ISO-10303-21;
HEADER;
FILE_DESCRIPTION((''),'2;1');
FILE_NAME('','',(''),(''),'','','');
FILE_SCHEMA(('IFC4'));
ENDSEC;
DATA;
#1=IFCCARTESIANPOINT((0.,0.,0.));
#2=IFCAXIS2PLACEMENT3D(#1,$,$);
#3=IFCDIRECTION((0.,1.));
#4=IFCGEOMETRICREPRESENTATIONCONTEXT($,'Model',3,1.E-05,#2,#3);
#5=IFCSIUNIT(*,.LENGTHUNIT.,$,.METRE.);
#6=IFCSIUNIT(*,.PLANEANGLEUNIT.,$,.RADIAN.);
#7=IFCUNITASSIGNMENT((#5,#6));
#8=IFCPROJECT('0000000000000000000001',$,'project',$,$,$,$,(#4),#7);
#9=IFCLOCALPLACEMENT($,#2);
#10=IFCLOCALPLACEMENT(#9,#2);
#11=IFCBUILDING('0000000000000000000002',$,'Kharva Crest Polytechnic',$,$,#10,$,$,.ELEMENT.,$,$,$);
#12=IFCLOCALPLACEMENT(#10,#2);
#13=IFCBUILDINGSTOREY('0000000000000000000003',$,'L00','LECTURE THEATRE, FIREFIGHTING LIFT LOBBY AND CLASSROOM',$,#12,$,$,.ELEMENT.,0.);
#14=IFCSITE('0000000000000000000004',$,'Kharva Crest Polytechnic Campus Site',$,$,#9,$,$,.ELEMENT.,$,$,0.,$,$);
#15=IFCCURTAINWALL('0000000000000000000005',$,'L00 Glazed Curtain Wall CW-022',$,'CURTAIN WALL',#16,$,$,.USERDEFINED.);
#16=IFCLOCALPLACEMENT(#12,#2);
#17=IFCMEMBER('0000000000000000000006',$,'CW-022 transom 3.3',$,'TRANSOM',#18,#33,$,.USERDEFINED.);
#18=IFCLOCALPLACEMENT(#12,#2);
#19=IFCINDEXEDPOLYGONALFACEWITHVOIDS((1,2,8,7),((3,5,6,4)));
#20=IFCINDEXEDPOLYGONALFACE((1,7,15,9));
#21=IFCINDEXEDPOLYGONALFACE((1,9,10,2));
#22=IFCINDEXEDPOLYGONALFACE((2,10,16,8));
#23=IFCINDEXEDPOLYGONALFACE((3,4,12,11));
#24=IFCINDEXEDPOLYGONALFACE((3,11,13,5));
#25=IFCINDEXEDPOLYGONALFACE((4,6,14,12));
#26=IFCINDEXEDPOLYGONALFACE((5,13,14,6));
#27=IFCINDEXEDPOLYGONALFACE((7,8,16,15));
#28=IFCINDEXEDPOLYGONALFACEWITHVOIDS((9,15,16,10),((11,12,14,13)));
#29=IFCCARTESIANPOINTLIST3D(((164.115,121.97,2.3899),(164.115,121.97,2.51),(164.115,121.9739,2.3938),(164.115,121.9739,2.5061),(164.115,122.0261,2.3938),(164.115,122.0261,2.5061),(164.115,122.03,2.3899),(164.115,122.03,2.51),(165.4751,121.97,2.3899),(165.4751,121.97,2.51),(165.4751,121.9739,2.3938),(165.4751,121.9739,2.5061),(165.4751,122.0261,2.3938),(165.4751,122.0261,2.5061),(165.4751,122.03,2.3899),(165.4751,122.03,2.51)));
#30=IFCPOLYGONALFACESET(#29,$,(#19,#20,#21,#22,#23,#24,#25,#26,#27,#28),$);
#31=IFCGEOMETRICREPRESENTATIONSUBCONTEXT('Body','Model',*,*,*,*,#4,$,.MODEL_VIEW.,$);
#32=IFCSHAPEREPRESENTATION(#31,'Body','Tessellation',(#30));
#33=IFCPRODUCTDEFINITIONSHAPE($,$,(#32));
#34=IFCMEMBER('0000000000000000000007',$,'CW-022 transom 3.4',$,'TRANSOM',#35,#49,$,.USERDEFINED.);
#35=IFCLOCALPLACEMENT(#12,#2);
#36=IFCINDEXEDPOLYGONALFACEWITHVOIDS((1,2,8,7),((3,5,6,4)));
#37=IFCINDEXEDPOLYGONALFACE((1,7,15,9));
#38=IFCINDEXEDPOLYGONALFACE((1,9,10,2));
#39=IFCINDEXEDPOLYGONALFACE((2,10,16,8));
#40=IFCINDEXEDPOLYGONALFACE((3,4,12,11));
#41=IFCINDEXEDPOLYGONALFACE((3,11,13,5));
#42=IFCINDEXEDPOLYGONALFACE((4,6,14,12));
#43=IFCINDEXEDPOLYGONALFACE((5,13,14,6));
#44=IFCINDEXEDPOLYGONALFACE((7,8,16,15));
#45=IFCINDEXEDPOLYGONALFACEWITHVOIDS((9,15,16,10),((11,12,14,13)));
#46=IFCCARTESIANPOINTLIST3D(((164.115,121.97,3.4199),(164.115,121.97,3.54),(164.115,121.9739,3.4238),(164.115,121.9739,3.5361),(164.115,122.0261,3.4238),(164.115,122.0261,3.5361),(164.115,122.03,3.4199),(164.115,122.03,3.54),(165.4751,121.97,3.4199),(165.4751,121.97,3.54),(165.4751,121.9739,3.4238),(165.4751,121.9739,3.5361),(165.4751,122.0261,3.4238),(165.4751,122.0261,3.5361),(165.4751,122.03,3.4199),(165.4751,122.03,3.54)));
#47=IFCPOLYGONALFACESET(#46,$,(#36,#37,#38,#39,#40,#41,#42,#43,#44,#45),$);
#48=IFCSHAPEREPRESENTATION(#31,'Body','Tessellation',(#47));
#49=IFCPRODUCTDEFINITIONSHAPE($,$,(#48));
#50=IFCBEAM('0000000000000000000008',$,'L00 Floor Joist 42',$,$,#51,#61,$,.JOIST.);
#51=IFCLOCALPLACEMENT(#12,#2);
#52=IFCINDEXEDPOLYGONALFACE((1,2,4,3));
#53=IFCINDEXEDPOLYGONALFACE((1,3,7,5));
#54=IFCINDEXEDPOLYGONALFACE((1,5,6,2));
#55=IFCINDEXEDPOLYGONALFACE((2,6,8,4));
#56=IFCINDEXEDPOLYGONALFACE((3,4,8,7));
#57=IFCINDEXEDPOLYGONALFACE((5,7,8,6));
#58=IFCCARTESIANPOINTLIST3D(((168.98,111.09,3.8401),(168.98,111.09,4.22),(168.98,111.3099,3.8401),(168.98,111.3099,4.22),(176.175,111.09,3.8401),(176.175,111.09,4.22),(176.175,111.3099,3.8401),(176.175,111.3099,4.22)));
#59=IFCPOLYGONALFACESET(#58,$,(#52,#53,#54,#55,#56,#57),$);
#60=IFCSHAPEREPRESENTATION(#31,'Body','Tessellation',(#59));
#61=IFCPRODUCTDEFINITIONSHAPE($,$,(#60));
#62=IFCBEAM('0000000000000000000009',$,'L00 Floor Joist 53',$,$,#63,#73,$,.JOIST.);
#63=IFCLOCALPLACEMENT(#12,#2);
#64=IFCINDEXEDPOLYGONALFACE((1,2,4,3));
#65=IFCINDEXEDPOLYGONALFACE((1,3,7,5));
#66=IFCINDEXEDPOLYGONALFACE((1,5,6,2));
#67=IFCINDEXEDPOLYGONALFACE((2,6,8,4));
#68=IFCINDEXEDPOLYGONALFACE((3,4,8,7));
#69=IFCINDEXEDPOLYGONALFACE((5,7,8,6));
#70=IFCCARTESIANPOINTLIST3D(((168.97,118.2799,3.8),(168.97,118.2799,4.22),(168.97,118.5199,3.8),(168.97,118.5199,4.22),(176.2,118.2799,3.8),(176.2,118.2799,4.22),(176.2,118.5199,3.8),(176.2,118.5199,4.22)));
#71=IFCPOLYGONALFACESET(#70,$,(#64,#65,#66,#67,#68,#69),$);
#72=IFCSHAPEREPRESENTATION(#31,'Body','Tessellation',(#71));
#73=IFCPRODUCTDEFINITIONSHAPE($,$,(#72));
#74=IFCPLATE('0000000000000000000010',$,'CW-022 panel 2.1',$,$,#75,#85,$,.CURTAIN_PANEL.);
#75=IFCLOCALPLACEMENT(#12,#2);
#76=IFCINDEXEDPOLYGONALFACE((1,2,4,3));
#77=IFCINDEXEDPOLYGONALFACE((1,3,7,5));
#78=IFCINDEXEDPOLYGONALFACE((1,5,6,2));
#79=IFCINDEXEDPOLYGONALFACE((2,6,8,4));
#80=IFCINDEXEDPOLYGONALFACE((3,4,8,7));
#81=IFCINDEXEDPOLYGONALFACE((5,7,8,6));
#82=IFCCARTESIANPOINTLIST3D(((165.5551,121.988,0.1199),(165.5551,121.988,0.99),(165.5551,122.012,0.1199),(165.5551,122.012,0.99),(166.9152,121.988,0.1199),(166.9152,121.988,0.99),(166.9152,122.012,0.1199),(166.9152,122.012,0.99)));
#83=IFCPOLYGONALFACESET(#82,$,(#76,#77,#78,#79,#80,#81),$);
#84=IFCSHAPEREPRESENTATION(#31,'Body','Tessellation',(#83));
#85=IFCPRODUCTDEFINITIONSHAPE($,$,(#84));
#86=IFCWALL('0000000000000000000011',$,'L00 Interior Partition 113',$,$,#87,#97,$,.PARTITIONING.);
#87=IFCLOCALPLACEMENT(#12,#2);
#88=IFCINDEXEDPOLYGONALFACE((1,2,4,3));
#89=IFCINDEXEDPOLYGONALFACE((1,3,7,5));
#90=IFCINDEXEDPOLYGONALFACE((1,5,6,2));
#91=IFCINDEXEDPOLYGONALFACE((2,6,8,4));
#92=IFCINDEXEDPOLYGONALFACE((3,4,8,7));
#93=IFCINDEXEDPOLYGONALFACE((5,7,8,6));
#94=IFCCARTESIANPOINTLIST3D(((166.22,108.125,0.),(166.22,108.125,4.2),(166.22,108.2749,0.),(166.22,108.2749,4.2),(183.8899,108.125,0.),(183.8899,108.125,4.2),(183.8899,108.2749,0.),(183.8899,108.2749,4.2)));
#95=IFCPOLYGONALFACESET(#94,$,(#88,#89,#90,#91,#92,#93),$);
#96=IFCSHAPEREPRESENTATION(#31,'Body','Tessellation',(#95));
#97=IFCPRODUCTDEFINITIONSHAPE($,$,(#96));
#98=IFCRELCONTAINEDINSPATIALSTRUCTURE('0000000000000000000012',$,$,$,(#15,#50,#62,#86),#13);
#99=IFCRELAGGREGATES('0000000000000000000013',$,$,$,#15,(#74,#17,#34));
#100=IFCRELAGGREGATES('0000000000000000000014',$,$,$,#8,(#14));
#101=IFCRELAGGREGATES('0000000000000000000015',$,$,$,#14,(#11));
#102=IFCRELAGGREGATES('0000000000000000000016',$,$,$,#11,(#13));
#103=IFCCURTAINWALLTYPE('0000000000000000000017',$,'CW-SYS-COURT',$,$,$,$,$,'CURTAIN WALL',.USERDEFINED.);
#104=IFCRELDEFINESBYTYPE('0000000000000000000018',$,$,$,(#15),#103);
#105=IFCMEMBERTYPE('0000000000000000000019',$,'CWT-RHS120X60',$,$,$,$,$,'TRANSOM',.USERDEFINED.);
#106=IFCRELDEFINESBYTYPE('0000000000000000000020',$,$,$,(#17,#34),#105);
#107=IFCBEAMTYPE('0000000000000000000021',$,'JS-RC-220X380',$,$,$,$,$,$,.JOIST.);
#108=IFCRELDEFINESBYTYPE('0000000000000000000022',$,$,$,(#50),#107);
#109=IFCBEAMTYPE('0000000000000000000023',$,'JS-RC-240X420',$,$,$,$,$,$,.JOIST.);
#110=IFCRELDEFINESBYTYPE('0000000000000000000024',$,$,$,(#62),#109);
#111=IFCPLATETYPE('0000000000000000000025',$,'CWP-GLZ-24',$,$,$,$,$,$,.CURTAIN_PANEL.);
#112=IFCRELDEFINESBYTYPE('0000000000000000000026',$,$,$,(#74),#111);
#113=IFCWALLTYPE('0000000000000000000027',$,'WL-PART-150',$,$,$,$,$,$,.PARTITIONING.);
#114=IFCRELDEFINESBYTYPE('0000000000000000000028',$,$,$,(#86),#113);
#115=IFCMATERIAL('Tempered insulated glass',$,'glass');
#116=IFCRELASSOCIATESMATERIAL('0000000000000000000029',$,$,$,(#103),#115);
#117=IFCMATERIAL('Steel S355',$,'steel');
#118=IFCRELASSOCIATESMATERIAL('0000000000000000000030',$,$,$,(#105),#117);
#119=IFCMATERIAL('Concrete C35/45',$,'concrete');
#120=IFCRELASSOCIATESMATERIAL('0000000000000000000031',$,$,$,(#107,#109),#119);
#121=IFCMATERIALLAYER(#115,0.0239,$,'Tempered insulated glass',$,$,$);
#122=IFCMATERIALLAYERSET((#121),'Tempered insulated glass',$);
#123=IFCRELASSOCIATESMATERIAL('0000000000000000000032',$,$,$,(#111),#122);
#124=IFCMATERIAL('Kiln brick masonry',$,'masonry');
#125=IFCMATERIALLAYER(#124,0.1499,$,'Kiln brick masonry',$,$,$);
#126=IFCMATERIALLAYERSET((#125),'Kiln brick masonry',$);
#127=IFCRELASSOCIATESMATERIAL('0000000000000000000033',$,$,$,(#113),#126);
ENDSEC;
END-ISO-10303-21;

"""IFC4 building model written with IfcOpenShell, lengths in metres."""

from ifc_helpers import new_model, si_unit, direction, frame, frame_2d, origin, origin_2d, place, context, subcontext, project, spatial, rectangle, hollow_rectangle, extrude, material, layer, layer_set, material_profile, profile_set, type_object, element, aggregate, save


model = new_model("IFC4")

# Units and contexts
model_context = context("Model", 3, precision=1e-05, world=origin(), true_north=direction((0.0, 1.0)))
body_context = subcontext(model_context, "Body", "Model", "MODEL_VIEW")
ifc_project = project(units=[si_unit("LENGTHUNIT", "METRE"), si_unit("PLANEANGLEUNIT", "RADIAN")], contexts=[model_context])

# Site, building, storey
site_placement = place(None, origin())
site = spatial("IfcSite", under=ifc_project, at=site_placement, Name="Kharva Crest Polytechnic Campus Site", CompositionType="ELEMENT", RefElevation=0.0)
building_placement = place(site_placement, origin())
building = spatial("IfcBuilding", under=site, at=building_placement, Name="Kharva Crest Polytechnic", CompositionType="ELEMENT")
storey_placement = place(building_placement, origin())
storey = spatial("IfcBuildingStorey", under=building, at=storey_placement, Name="L00", Description="LECTURE THEATRE, FIREFIGHTING LIFT LOBBY AND CLASSROOM", CompositionType="ELEMENT", Elevation=0.0)

# Shared definitions
ifc_material_1 = material(Name="Concrete C35/45", Category="concrete")

# Curtain wall, members
ifc_material_2 = material(Name="Tempered insulated glass", Category="glass")
curtain_wall_type = type_object("IfcCurtainWallType", Name="CW-SYS-COURT", ElementType="CURTAIN WALL", PredefinedType="USERDEFINED", material=ifc_material_2)
curtain_wall_placement = place(storey_placement, origin())
curtain_wall = element("IfcCurtainWall", 1, at=curtain_wall_placement, inside=storey, type_object=curtain_wall_type, Name="L00 Glazed Curtain Wall CW-022", ObjectType="CURTAIN WALL", PredefinedType="USERDEFINED")
ifc_material_3 = material(Name="Steel S355", Category="steel")
ifc_material_profile_1 = material_profile(ifc_material_3, hollow_rectangle(XDim=0.0601, YDim=0.1201, WallThickness=0.0039, at=origin_2d()), Name="RHS 120X60X4.0")
ifc_profile_set_1 = profile_set([ifc_material_profile_1], Name="Steel S355")
member_type_1 = type_object("IfcMemberType", Name="CWT-RHS120X60", ElementType="TRANSOM", PredefinedType="USERDEFINED", material=ifc_profile_set_1)
member_1_placement = place(storey_placement, frame((165.4751, 122.0, 2.45), z_axis=(-1.0, 0.0, 0.0), x_axis=(0.0, -1.0, 0.0)))
member_1 = element("IfcMember", 2, at=member_1_placement, type_object=member_type_1, Name="CW-022 transom 3.3", ObjectType="TRANSOM", PredefinedType="USERDEFINED", context=body_context, shape_type="SweptSolid", body=[
    extrude(hollow_rectangle(XDim=0.0601, YDim=0.1201, WallThickness=0.0039, at=origin_2d()), origin(), (0.0, 0.0, 1.0), 1.3601),
])
member_2_placement = place(storey_placement, frame((165.4751, 122.0, 3.48), z_axis=(-1.0, 0.0, 0.0), x_axis=(0.0, -1.0, 0.0)))
member_2 = element("IfcMember", 3, at=member_2_placement, type_object=member_type_1, Name="CW-022 transom 3.4", ObjectType="TRANSOM", PredefinedType="USERDEFINED", context=body_context, shape_type="SweptSolid", body=[
    extrude(hollow_rectangle(XDim=0.0601, YDim=0.1201, WallThickness=0.0039, at=origin_2d()), origin(), (0.0, 0.0, 1.0), 1.3601),
])

# Beams
ifc_material_profile_2 = material_profile(ifc_material_1, rectangle(XDim=0.22, YDim=0.3799, at=origin_2d()), Name="RECT 220 X 380")
ifc_profile_set_2 = profile_set([ifc_material_profile_2], Name="Concrete C35/45")
beam_type_1 = type_object("IfcBeamType", Name="JS-RC-220X380", PredefinedType="JOIST", material=ifc_profile_set_2)
beam_1_placement = place(storey_placement, frame((168.98, 111.2, 4.03), z_axis=(1.0, 0.0, 0.0), x_axis=(0.0, 1.0, 0.0)))
element("IfcBeam", 4, at=beam_1_placement, inside=storey, type_object=beam_type_1, Name="L00 Floor Joist 42", PredefinedType="JOIST", context=body_context, shape_type="SweptSolid", body=[
    extrude(rectangle(XDim=0.22, YDim=0.3799, at=origin_2d()), origin(), (0.0, 0.0, 1.0), 7.1951),
])
ifc_material_profile_3 = material_profile(ifc_material_1, rectangle(XDim=0.24, YDim=0.4199, at=origin_2d()), Name="RECT 240 X 420")
ifc_profile_set_3 = profile_set([ifc_material_profile_3], Name="Concrete C35/45")
beam_type_2 = type_object("IfcBeamType", Name="JS-RC-240X420", PredefinedType="JOIST", material=ifc_profile_set_3)
beam_2_placement = place(storey_placement, frame((168.97, 118.3999, 4.01), z_axis=(1.0, 0.0, 0.0), x_axis=(0.0, 1.0, 0.0)))
element("IfcBeam", 5, at=beam_2_placement, inside=storey, type_object=beam_type_2, Name="L00 Floor Joist 53", PredefinedType="JOIST", context=body_context, shape_type="SweptSolid", body=[
    extrude(rectangle(XDim=0.24, YDim=0.4199, at=origin_2d()), origin(), (0.0, 0.0, 1.0), 7.23),
])

# Plate
ifc_layer_1 = layer(ifc_material_2, 0.0239, Name="Tempered insulated glass")
ifc_layer_set_1 = layer_set([ifc_layer_1], Name="Tempered insulated glass")
plate_type = type_object("IfcPlateType", Name="CWP-GLZ-24", PredefinedType="CURTAIN_PANEL", material=ifc_layer_set_1)
plate_placement = place(storey_placement, frame((166.2351, 122.0, 0.1199), z_axis=(0.0, 0.0, 1.0), x_axis=(-1.0, 0.0, 0.0)))
plate = element("IfcPlate", 6, at=plate_placement, type_object=plate_type, Name="CW-022 panel 2.1", PredefinedType="CURTAIN_PANEL", context=body_context, shape_type="SweptSolid", body=[
    extrude(rectangle(XDim=1.3601, YDim=0.0239, at=origin_2d()), origin(), (0.0, 0.0, 1.0), 0.8701),
])
aggregate(curtain_wall, [plate, member_1, member_2])

# Wall
ifc_material_4 = material(Name="Kiln brick masonry", Category="masonry")
ifc_layer_2 = layer(ifc_material_4, 0.1499, Name="Kiln brick masonry")
ifc_layer_set_2 = layer_set([ifc_layer_2], Name="Kiln brick masonry")
wall_type = type_object("IfcWallType", Name="WL-PART-150", PredefinedType="PARTITIONING", material=ifc_layer_set_2)
wall_placement = place(storey_placement, frame((166.22, 108.2, 0.0), z_axis=(0.0, 0.0, 1.0), x_axis=(1.0, 0.0, 0.0)))
element("IfcWall", 7, at=wall_placement, inside=storey, type_object=wall_type, Name="L00 Interior Partition 113", PredefinedType="PARTITIONING", context=body_context, shape_type="SweptSolid", body=[
    extrude(rectangle(XDim=17.6699, YDim=0.1499, at=frame_2d((8.835, 0.0))), origin(), (0.0, 0.0, 1.0), 4.2),
])

save(model, "model.ifc")
